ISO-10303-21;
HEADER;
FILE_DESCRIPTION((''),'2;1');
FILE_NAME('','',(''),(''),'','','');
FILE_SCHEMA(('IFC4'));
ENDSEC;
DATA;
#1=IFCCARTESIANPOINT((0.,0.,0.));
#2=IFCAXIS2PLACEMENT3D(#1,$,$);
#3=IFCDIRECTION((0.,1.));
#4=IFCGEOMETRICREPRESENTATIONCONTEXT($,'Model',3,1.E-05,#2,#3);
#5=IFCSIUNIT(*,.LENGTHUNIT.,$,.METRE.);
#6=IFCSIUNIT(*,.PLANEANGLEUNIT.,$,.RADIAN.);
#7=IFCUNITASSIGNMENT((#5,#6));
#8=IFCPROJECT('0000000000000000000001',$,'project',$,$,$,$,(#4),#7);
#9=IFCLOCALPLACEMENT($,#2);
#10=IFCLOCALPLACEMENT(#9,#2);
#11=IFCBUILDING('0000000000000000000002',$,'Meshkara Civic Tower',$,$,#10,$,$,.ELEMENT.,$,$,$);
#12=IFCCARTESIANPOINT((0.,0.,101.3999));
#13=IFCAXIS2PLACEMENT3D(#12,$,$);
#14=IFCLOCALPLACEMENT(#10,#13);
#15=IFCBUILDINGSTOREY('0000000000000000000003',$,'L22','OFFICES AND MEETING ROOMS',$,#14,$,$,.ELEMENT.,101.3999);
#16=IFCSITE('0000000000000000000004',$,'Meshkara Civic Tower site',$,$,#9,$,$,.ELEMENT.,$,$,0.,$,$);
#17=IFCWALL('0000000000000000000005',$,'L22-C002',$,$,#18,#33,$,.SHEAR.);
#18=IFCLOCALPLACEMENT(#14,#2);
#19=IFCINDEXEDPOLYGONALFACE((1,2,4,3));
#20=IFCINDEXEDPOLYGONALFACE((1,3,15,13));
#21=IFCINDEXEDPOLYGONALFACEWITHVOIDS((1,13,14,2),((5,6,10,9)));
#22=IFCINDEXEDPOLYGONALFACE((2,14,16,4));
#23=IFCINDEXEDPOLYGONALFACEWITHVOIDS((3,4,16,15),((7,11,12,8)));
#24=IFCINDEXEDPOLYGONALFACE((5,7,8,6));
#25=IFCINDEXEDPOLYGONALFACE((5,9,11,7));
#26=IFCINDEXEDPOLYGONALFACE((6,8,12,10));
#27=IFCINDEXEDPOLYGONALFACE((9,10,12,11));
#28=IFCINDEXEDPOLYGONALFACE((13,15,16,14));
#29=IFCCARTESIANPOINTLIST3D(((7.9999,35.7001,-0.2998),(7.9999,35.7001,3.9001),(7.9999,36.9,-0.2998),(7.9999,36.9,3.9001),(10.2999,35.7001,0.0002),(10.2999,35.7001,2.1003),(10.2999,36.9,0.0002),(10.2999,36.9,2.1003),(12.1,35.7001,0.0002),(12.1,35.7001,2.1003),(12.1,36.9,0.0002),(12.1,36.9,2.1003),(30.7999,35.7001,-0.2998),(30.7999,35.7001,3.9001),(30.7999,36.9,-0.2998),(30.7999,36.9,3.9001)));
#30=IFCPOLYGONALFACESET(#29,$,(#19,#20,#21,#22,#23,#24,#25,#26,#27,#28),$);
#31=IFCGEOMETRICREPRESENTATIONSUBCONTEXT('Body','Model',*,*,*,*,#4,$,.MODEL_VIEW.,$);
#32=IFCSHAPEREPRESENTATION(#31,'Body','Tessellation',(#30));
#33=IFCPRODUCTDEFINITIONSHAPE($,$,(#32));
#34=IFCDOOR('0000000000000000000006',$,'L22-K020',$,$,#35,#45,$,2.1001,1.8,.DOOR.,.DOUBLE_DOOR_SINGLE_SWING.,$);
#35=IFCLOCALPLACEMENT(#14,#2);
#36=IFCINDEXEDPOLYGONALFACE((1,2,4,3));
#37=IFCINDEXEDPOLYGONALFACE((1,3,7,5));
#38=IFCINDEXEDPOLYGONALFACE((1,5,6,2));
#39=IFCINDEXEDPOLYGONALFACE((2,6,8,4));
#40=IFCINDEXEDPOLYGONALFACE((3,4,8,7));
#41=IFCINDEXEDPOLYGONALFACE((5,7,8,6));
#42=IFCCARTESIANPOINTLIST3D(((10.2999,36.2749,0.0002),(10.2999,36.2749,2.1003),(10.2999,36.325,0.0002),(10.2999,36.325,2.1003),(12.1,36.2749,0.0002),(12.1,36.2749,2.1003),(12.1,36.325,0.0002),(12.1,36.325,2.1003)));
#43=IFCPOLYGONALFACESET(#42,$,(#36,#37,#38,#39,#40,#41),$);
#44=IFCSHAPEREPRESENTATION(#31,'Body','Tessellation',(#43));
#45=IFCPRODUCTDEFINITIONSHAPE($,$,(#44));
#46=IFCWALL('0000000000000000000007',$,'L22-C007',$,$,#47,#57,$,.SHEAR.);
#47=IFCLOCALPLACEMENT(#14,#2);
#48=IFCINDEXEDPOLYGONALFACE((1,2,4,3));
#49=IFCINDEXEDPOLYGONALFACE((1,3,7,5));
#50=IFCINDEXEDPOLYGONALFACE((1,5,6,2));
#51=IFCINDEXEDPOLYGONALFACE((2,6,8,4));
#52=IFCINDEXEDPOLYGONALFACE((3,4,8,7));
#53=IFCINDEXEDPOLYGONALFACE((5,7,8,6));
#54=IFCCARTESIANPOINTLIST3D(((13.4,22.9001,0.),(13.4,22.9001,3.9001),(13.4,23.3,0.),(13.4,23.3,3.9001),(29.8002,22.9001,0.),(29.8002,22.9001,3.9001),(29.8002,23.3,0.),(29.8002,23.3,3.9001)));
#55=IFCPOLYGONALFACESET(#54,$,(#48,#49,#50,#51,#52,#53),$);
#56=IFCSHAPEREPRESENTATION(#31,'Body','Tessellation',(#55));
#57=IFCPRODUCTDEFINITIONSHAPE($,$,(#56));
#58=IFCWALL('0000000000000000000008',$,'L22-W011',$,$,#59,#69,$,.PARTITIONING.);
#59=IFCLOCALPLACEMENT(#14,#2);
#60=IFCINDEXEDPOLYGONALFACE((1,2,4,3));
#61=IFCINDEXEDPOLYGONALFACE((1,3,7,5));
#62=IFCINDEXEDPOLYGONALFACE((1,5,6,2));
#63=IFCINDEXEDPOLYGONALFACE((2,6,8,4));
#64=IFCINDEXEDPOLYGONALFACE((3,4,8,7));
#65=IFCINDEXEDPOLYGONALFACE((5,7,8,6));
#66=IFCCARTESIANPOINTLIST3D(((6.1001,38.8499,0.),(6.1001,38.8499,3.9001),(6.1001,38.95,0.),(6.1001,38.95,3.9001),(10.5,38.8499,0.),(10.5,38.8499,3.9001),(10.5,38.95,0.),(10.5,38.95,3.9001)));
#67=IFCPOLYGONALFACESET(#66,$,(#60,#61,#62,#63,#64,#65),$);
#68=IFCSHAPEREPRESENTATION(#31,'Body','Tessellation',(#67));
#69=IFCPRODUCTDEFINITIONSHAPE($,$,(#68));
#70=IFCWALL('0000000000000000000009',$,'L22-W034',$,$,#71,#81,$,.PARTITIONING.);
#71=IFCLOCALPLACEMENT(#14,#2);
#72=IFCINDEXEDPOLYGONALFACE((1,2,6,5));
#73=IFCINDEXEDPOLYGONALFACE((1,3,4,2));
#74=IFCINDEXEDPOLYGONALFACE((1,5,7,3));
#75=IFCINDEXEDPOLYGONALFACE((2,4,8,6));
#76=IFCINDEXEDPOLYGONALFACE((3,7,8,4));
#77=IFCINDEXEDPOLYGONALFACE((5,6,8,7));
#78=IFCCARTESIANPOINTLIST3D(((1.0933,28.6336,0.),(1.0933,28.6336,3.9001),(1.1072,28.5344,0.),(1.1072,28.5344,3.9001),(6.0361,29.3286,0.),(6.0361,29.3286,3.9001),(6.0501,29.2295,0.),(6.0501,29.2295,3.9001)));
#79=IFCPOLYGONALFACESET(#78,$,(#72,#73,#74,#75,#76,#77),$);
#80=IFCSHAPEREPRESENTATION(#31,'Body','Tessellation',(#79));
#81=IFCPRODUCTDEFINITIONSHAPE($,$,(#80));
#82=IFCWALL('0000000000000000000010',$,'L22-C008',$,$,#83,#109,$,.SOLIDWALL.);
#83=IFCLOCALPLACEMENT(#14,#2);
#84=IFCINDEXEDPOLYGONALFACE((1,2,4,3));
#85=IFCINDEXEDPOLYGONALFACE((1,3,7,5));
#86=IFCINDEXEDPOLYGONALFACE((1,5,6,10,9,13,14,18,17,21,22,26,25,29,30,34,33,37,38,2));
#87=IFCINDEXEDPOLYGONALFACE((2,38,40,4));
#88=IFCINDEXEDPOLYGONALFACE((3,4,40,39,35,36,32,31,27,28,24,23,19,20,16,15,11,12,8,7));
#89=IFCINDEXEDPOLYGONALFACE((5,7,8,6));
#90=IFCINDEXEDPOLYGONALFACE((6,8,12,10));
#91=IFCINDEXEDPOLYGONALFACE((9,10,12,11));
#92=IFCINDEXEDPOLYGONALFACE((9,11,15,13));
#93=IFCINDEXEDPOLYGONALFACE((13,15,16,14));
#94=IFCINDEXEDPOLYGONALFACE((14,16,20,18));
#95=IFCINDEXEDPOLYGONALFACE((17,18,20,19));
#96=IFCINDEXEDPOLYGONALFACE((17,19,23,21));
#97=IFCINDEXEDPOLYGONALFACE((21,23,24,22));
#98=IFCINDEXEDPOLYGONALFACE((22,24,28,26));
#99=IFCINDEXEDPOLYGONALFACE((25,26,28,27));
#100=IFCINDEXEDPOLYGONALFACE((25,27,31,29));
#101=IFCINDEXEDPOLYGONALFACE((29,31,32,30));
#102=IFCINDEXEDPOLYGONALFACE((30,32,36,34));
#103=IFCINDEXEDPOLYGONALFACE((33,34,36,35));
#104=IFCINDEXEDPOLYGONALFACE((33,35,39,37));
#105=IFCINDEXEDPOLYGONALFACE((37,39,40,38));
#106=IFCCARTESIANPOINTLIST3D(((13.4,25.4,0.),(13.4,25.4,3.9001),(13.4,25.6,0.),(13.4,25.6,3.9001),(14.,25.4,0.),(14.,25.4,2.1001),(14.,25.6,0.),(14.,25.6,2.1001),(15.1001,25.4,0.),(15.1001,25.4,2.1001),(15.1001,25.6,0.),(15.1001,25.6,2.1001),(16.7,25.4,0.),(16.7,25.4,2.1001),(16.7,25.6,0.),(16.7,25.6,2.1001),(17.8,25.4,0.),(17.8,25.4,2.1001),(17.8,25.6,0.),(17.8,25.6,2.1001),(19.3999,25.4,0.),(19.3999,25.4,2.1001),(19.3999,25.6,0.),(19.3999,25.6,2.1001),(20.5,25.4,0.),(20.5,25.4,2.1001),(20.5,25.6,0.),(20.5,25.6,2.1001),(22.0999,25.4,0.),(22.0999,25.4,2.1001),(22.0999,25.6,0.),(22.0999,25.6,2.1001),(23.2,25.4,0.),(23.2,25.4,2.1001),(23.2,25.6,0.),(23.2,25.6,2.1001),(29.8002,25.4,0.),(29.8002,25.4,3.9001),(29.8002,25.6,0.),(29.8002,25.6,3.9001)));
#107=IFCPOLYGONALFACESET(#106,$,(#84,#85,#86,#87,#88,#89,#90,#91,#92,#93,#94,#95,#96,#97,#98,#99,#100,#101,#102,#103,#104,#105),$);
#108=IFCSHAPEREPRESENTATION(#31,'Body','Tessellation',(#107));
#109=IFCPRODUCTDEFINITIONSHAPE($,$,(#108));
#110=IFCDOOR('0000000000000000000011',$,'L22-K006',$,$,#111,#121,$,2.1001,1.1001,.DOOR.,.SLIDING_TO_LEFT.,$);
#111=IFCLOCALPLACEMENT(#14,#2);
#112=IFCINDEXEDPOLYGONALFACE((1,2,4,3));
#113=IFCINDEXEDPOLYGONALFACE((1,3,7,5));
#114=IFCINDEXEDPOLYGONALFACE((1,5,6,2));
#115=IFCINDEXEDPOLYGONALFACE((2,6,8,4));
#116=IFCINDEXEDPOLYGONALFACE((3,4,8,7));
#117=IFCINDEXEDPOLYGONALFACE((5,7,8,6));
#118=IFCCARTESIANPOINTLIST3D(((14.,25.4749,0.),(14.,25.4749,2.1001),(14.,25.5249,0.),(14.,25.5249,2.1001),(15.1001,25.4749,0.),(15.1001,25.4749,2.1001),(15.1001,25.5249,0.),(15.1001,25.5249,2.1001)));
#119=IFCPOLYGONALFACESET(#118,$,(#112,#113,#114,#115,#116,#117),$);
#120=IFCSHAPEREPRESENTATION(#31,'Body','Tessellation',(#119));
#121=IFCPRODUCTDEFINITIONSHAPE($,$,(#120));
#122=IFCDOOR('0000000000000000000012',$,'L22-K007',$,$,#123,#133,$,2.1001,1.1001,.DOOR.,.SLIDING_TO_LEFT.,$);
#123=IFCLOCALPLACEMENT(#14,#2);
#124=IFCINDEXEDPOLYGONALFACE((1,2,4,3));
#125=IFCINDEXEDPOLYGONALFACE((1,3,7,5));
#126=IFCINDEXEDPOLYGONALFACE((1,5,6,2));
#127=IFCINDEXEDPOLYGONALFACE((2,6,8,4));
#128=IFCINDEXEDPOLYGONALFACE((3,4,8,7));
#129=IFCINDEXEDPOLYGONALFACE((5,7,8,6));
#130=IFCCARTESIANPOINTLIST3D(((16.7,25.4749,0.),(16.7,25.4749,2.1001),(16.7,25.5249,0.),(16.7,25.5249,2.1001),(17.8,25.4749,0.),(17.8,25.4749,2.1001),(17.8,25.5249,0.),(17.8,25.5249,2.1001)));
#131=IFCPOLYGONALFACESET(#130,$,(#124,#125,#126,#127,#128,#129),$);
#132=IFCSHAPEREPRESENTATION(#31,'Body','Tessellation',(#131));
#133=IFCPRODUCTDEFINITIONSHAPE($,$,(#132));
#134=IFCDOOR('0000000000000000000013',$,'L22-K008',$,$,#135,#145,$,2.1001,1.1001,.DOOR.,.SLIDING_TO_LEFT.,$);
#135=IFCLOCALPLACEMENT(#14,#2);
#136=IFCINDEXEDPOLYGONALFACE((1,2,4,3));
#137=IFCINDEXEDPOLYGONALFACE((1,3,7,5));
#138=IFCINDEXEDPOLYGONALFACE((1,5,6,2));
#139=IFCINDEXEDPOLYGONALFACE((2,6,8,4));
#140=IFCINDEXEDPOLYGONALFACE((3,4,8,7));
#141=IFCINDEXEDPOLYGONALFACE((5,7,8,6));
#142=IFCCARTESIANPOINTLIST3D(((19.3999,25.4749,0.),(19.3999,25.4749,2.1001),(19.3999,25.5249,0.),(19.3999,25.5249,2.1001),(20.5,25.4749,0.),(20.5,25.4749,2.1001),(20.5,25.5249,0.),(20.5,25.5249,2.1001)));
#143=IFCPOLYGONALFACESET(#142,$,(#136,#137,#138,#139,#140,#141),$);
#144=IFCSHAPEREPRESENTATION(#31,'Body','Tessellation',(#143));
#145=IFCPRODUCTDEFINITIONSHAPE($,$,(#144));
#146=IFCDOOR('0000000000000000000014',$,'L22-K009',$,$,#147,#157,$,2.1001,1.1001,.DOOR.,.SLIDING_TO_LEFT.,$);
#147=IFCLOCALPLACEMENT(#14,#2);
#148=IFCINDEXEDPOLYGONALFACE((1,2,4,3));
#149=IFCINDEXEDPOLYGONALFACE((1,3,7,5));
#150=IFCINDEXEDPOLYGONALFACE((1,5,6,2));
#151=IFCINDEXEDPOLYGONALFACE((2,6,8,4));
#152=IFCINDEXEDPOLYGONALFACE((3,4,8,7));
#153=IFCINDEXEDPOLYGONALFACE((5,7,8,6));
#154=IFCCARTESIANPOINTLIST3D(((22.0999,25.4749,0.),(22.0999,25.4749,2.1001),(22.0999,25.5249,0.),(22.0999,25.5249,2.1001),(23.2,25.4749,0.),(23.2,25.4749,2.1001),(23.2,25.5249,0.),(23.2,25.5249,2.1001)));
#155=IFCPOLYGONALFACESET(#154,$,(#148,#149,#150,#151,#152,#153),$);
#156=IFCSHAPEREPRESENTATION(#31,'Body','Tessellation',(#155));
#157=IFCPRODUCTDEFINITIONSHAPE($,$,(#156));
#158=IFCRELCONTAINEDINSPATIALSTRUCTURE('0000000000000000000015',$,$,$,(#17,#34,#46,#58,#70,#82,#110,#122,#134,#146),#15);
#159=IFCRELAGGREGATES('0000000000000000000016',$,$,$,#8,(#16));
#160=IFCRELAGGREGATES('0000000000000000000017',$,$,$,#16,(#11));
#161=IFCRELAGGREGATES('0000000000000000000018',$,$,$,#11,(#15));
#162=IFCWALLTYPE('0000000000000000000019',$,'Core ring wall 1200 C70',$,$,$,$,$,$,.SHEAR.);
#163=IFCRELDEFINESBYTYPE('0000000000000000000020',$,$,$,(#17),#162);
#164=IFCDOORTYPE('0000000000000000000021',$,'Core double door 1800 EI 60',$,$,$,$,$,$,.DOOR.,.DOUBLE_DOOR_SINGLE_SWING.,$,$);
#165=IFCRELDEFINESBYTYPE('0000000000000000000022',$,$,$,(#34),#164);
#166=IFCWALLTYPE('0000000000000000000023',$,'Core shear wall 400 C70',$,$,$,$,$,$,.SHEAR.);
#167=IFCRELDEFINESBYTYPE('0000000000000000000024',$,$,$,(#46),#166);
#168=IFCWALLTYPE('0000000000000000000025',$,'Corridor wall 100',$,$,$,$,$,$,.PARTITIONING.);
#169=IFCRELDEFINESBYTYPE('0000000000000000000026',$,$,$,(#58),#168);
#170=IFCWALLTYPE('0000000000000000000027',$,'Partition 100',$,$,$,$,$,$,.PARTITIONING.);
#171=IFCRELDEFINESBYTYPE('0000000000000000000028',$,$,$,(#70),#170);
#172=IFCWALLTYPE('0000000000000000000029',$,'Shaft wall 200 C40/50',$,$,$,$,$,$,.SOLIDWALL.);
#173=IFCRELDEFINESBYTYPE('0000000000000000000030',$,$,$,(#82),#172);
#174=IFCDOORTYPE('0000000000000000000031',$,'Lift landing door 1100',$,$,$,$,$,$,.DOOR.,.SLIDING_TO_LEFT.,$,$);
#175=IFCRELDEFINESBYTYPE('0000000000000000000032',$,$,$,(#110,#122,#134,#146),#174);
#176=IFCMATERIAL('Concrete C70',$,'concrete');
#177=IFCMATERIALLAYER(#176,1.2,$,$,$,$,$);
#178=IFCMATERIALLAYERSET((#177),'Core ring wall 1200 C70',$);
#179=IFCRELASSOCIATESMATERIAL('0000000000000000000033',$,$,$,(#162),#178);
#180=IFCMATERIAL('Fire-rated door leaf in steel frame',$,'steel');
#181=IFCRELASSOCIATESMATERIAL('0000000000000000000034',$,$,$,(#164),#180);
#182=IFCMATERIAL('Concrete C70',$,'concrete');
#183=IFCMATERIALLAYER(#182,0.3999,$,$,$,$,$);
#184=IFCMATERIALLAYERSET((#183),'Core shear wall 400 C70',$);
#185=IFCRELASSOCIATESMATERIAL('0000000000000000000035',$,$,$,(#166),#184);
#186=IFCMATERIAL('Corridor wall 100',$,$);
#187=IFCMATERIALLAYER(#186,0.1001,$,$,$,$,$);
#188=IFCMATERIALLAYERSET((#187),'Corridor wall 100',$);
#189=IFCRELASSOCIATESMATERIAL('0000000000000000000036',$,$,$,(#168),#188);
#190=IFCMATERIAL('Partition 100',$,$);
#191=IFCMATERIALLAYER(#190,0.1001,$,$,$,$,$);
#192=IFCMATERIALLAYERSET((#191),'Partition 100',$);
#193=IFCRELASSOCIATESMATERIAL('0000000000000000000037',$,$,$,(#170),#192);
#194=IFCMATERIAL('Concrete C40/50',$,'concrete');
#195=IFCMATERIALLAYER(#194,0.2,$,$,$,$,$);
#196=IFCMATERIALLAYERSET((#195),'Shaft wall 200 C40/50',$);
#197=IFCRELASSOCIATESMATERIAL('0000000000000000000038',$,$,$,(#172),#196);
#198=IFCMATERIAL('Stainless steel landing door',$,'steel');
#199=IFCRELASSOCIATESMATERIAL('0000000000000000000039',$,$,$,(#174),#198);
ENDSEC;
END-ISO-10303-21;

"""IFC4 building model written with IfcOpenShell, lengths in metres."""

from ifc_helpers import new_model, si_unit, direction, frame, frame_2d, origin, place, context, subcontext, project, spatial, rectangle, extrude, material, layer, layer_set, type_object, element, fill, save


model = new_model("IFC4")

# Units and contexts
model_context = context("Model", 3, precision=1e-05, world=origin(), true_north=direction((0.0, 1.0)))
body_context = subcontext(model_context, "Body", "Model", "MODEL_VIEW")
ifc_project = project(units=[si_unit("LENGTHUNIT", "METRE"), si_unit("PLANEANGLEUNIT", "RADIAN")], contexts=[model_context])

# Site, building, storey
site_placement = place(None, origin())
site = spatial("IfcSite", under=ifc_project, at=site_placement, Name="Meshkara Civic Tower site", CompositionType="ELEMENT", RefElevation=0.0)
building_placement = place(site_placement, origin())
building = spatial("IfcBuilding", under=site, at=building_placement, Name="Meshkara Civic Tower", CompositionType="ELEMENT")
storey_placement = place(building_placement, frame((0.0, 0.0, 101.3999)))
storey = spatial("IfcBuildingStorey", under=building, at=storey_placement, Name="L22", Description="OFFICES AND MEETING ROOMS", CompositionType="ELEMENT", Elevation=101.3999)

# Wall, opening, door
ifc_material_1 = material(Name="Concrete C70", Category="concrete")
ifc_layer_1 = layer(ifc_material_1, 1.2)
ifc_layer_set_1 = layer_set([ifc_layer_1], Name="Core ring wall 1200 C70")
wall_type_1 = type_object("IfcWallType", Name="Core ring wall 1200 C70", PredefinedType="SHEAR", material=ifc_layer_set_1)
wall_1_placement = place(storey_placement, frame((8.0, 36.3, -0.2998), z_axis=(0.0, 0.0, 1.0), x_axis=(1.0, 0.0, 0.0)))
wall_1 = element("IfcWall", 1, at=wall_1_placement, inside=storey, type_object=wall_type_1, Name="L22-C002", PredefinedType="SHEAR", context=body_context, shape_type="SweptSolid", body=[
    extrude(rectangle(XDim=22.8, YDim=1.2, at=frame_2d((11.3999, 0.0))), origin(), (0.0, 0.0, 1.0), 4.2),
])
opening_1_placement = place(wall_1_placement, frame((2.3, 0.0, 0.3)))
opening_1 = element("IfcOpeningElement", 2, at=opening_1_placement, cuts=wall_1, PredefinedType="OPENING", context=body_context, shape_type="SweptSolid", body=[
    extrude(rectangle(XDim=1.8, YDim=2.1001, at=frame_2d((0.8999, 1.05))), frame((0.0, 0.6099, 0.0), z_axis=(0.0, -1.0, 0.0), x_axis=(1.0, 0.0, 0.0)), (0.0, 0.0, 1.0), 1.22),
])
ifc_material_2 = material(Name="Fire-rated door leaf in steel frame", Category="steel")
door_type_1 = type_object("IfcDoorType", Name="Core double door 1800 EI 60", OperationType="DOUBLE_DOOR_SINGLE_SWING", PredefinedType="DOOR", material=ifc_material_2)
door_1_placement = place(opening_1_placement, origin())
door_1 = element("IfcDoor", 3, at=door_1_placement, inside=storey, type_object=door_type_1, Name="L22-K020", OperationType="DOUBLE_DOOR_SINGLE_SWING", OverallHeight=2.1001, OverallWidth=1.8, PredefinedType="DOOR", context=body_context, shape_type="SweptSolid", body=[
    extrude(rectangle(XDim=1.8, YDim=2.1001, at=frame_2d((0.8999, 1.05))), frame((0.0, 0.0249, 0.0), z_axis=(0.0, -1.0, 0.0), x_axis=(1.0, 0.0, 0.0)), (0.0, 0.0, 1.0), 0.05),
])
fill(opening_1, door_1)

# Walls
ifc_material_3 = material(Name="Concrete C70", Category="concrete")
ifc_layer_2 = layer(ifc_material_3, 0.3999)
ifc_layer_set_2 = layer_set([ifc_layer_2], Name="Core shear wall 400 C70")
wall_type_2 = type_object("IfcWallType", Name="Core shear wall 400 C70", PredefinedType="SHEAR", material=ifc_layer_set_2)
wall_2_placement = place(storey_placement, frame((13.3999, 23.1001, 0.0), z_axis=(0.0, 0.0, 1.0), x_axis=(1.0, 0.0, 0.0)))
element("IfcWall", 4, at=wall_2_placement, inside=storey, type_object=wall_type_2, Name="L22-C007", PredefinedType="SHEAR", context=body_context, shape_type="SweptSolid", body=[
    extrude(rectangle(XDim=16.4001, YDim=0.3999, at=frame_2d((8.2002, 0.0))), origin(), (0.0, 0.0, 1.0), 3.9001),
])
ifc_material_4 = material(Name="Corridor wall 100")
ifc_layer_3 = layer(ifc_material_4, 0.1001)
ifc_layer_set_3 = layer_set([ifc_layer_3], Name="Corridor wall 100")
wall_type_3 = type_object("IfcWallType", Name="Corridor wall 100", PredefinedType="PARTITIONING", material=ifc_layer_set_3)
wall_3_placement = place(storey_placement, frame((10.5, 38.8999, 0.0), z_axis=(0.0, 0.0, 1.0), x_axis=(-1.0, 0.0, 0.0)))
element("IfcWall", 5, at=wall_3_placement, inside=storey, type_object=wall_type_3, Name="L22-W011", PredefinedType="PARTITIONING", context=body_context, shape_type="SweptSolid", body=[
    extrude(rectangle(XDim=4.3999, YDim=0.1001, at=frame_2d((2.2, 0.0))), origin(), (0.0, 0.0, 1.0), 3.9001),
])
ifc_material_5 = material(Name="Partition 100")
ifc_layer_4 = layer(ifc_material_5, 0.1001)
ifc_layer_set_4 = layer_set([ifc_layer_4], Name="Partition 100")
wall_type_4 = type_object("IfcWallType", Name="Partition 100", PredefinedType="PARTITIONING", material=ifc_layer_set_4)
wall_4_placement = place(storey_placement, frame((6.043, 29.2791, 0.0), z_axis=(0.0, 0.0, 1.0), x_axis=(-0.990257, -0.13925, 0.0)))
element("IfcWall", 6, at=wall_4_placement, inside=storey, type_object=wall_type_4, Name="L22-W034", PredefinedType="PARTITIONING", context=body_context, shape_type="SweptSolid", body=[
    extrude(rectangle(XDim=4.9915, YDim=0.1001, at=frame_2d((2.4956, 0.0))), origin(), (0.0, 0.0, 1.0), 3.9001),
])

# Wall, openings, doors
ifc_material_6 = material(Name="Concrete C40/50", Category="concrete")
ifc_layer_5 = layer(ifc_material_6, 0.2)
ifc_layer_set_5 = layer_set([ifc_layer_5], Name="Shaft wall 200 C40/50")
wall_type_5 = type_object("IfcWallType", Name="Shaft wall 200 C40/50", PredefinedType="SOLIDWALL", material=ifc_layer_set_5)
wall_5_placement = place(storey_placement, frame((13.3999, 25.5, 0.0), z_axis=(0.0, 0.0, 1.0), x_axis=(1.0, 0.0, 0.0)))
wall_5 = element("IfcWall", 7, at=wall_5_placement, inside=storey, type_object=wall_type_5, Name="L22-C008", PredefinedType="SOLIDWALL", context=body_context, shape_type="SweptSolid", body=[
    extrude(rectangle(XDim=16.4001, YDim=0.2, at=frame_2d((8.2002, 0.0))), origin(), (0.0, 0.0, 1.0), 3.9001),
])
opening_2_placement = place(wall_5_placement, frame((0.6001, 0.0, 0.0)))
opening_2 = element("IfcOpeningElement", 8, at=opening_2_placement, cuts=wall_5, PredefinedType="OPENING", context=body_context, shape_type="SweptSolid", body=[
    extrude(rectangle(XDim=1.1001, YDim=2.1001, at=frame_2d((0.55, 1.05))), frame((0.0, 0.1099, 0.0), z_axis=(0.0, -1.0, 0.0), x_axis=(1.0, 0.0, 0.0)), (0.0, 0.0, 1.0), 0.22),
])
opening_3_placement = place(wall_5_placement, frame((3.3, 0.0, 0.0)))
opening_3 = element("IfcOpeningElement", 9, at=opening_3_placement, cuts=wall_5, PredefinedType="OPENING", context=body_context, shape_type="SweptSolid", body=[
    extrude(rectangle(XDim=1.1001, YDim=2.1001, at=frame_2d((0.55, 1.05))), frame((0.0, 0.1099, 0.0), z_axis=(0.0, -1.0, 0.0), x_axis=(1.0, 0.0, 0.0)), (0.0, 0.0, 1.0), 0.22),
])
opening_4_placement = place(wall_5_placement, frame((6.0, 0.0, 0.0)))
opening_4 = element("IfcOpeningElement", 10, at=opening_4_placement, cuts=wall_5, PredefinedType="OPENING", context=body_context, shape_type="SweptSolid", body=[
    extrude(rectangle(XDim=1.1001, YDim=2.1001, at=frame_2d((0.55, 1.05))), frame((0.0, 0.1099, 0.0), z_axis=(0.0, -1.0, 0.0), x_axis=(1.0, 0.0, 0.0)), (0.0, 0.0, 1.0), 0.22),
])
opening_5_placement = place(wall_5_placement, frame((8.7, 0.0, 0.0)))
opening_5 = element("IfcOpeningElement", 11, at=opening_5_placement, cuts=wall_5, PredefinedType="OPENING", context=body_context, shape_type="SweptSolid", body=[
    extrude(rectangle(XDim=1.1001, YDim=2.1001, at=frame_2d((0.55, 1.05))), frame((0.0, 0.1099, 0.0), z_axis=(0.0, -1.0, 0.0), x_axis=(1.0, 0.0, 0.0)), (0.0, 0.0, 1.0), 0.22),
])
ifc_material_7 = material(Name="Stainless steel landing door", Category="steel")
door_type_2 = type_object("IfcDoorType", Name="Lift landing door 1100", OperationType="SLIDING_TO_LEFT", PredefinedType="DOOR", material=ifc_material_7)
door_2_placement = place(opening_2_placement, origin())
door_2 = element("IfcDoor", 12, at=door_2_placement, inside=storey, type_object=door_type_2, Name="L22-K006", OperationType="SLIDING_TO_LEFT", OverallHeight=2.1001, OverallWidth=1.1001, PredefinedType="DOOR", context=body_context, shape_type="SweptSolid", body=[
    extrude(rectangle(XDim=1.1001, YDim=2.1001, at=frame_2d((0.55, 1.05))), frame((0.0, 0.0249, 0.0), z_axis=(0.0, -1.0, 0.0), x_axis=(1.0, 0.0, 0.0)), (0.0, 0.0, 1.0), 0.05),
])
fill(opening_2, door_2)
door_3_placement = place(opening_3_placement, origin())
door_3 = element("IfcDoor", 13, at=door_3_placement, inside=storey, type_object=door_type_2, Name="L22-K007", OperationType="SLIDING_TO_LEFT", OverallHeight=2.1001, OverallWidth=1.1001, PredefinedType="DOOR", context=body_context, shape_type="SweptSolid", body=[
    extrude(rectangle(XDim=1.1001, YDim=2.1001, at=frame_2d((0.55, 1.05))), frame((0.0, 0.0249, 0.0), z_axis=(0.0, -1.0, 0.0), x_axis=(1.0, 0.0, 0.0)), (0.0, 0.0, 1.0), 0.05),
])
fill(opening_3, door_3)
door_4_placement = place(opening_4_placement, origin())
door_4 = element("IfcDoor", 14, at=door_4_placement, inside=storey, type_object=door_type_2, Name="L22-K008", OperationType="SLIDING_TO_LEFT", OverallHeight=2.1001, OverallWidth=1.1001, PredefinedType="DOOR", context=body_context, shape_type="SweptSolid", body=[
    extrude(rectangle(XDim=1.1001, YDim=2.1001, at=frame_2d((0.55, 1.05))), frame((0.0, 0.0249, 0.0), z_axis=(0.0, -1.0, 0.0), x_axis=(1.0, 0.0, 0.0)), (0.0, 0.0, 1.0), 0.05),
])
fill(opening_4, door_4)
door_5_placement = place(opening_5_placement, origin())
door_5 = element("IfcDoor", 15, at=door_5_placement, inside=storey, type_object=door_type_2, Name="L22-K009", OperationType="SLIDING_TO_LEFT", OverallHeight=2.1001, OverallWidth=1.1001, PredefinedType="DOOR", context=body_context, shape_type="SweptSolid", body=[
    extrude(rectangle(XDim=1.1001, YDim=2.1001, at=frame_2d((0.55, 1.05))), frame((0.0, 0.0249, 0.0), z_axis=(0.0, -1.0, 0.0), x_axis=(1.0, 0.0, 0.0)), (0.0, 0.0, 1.0), 0.05),
])
fill(opening_5, door_5)

save(model, "model.ifc")
